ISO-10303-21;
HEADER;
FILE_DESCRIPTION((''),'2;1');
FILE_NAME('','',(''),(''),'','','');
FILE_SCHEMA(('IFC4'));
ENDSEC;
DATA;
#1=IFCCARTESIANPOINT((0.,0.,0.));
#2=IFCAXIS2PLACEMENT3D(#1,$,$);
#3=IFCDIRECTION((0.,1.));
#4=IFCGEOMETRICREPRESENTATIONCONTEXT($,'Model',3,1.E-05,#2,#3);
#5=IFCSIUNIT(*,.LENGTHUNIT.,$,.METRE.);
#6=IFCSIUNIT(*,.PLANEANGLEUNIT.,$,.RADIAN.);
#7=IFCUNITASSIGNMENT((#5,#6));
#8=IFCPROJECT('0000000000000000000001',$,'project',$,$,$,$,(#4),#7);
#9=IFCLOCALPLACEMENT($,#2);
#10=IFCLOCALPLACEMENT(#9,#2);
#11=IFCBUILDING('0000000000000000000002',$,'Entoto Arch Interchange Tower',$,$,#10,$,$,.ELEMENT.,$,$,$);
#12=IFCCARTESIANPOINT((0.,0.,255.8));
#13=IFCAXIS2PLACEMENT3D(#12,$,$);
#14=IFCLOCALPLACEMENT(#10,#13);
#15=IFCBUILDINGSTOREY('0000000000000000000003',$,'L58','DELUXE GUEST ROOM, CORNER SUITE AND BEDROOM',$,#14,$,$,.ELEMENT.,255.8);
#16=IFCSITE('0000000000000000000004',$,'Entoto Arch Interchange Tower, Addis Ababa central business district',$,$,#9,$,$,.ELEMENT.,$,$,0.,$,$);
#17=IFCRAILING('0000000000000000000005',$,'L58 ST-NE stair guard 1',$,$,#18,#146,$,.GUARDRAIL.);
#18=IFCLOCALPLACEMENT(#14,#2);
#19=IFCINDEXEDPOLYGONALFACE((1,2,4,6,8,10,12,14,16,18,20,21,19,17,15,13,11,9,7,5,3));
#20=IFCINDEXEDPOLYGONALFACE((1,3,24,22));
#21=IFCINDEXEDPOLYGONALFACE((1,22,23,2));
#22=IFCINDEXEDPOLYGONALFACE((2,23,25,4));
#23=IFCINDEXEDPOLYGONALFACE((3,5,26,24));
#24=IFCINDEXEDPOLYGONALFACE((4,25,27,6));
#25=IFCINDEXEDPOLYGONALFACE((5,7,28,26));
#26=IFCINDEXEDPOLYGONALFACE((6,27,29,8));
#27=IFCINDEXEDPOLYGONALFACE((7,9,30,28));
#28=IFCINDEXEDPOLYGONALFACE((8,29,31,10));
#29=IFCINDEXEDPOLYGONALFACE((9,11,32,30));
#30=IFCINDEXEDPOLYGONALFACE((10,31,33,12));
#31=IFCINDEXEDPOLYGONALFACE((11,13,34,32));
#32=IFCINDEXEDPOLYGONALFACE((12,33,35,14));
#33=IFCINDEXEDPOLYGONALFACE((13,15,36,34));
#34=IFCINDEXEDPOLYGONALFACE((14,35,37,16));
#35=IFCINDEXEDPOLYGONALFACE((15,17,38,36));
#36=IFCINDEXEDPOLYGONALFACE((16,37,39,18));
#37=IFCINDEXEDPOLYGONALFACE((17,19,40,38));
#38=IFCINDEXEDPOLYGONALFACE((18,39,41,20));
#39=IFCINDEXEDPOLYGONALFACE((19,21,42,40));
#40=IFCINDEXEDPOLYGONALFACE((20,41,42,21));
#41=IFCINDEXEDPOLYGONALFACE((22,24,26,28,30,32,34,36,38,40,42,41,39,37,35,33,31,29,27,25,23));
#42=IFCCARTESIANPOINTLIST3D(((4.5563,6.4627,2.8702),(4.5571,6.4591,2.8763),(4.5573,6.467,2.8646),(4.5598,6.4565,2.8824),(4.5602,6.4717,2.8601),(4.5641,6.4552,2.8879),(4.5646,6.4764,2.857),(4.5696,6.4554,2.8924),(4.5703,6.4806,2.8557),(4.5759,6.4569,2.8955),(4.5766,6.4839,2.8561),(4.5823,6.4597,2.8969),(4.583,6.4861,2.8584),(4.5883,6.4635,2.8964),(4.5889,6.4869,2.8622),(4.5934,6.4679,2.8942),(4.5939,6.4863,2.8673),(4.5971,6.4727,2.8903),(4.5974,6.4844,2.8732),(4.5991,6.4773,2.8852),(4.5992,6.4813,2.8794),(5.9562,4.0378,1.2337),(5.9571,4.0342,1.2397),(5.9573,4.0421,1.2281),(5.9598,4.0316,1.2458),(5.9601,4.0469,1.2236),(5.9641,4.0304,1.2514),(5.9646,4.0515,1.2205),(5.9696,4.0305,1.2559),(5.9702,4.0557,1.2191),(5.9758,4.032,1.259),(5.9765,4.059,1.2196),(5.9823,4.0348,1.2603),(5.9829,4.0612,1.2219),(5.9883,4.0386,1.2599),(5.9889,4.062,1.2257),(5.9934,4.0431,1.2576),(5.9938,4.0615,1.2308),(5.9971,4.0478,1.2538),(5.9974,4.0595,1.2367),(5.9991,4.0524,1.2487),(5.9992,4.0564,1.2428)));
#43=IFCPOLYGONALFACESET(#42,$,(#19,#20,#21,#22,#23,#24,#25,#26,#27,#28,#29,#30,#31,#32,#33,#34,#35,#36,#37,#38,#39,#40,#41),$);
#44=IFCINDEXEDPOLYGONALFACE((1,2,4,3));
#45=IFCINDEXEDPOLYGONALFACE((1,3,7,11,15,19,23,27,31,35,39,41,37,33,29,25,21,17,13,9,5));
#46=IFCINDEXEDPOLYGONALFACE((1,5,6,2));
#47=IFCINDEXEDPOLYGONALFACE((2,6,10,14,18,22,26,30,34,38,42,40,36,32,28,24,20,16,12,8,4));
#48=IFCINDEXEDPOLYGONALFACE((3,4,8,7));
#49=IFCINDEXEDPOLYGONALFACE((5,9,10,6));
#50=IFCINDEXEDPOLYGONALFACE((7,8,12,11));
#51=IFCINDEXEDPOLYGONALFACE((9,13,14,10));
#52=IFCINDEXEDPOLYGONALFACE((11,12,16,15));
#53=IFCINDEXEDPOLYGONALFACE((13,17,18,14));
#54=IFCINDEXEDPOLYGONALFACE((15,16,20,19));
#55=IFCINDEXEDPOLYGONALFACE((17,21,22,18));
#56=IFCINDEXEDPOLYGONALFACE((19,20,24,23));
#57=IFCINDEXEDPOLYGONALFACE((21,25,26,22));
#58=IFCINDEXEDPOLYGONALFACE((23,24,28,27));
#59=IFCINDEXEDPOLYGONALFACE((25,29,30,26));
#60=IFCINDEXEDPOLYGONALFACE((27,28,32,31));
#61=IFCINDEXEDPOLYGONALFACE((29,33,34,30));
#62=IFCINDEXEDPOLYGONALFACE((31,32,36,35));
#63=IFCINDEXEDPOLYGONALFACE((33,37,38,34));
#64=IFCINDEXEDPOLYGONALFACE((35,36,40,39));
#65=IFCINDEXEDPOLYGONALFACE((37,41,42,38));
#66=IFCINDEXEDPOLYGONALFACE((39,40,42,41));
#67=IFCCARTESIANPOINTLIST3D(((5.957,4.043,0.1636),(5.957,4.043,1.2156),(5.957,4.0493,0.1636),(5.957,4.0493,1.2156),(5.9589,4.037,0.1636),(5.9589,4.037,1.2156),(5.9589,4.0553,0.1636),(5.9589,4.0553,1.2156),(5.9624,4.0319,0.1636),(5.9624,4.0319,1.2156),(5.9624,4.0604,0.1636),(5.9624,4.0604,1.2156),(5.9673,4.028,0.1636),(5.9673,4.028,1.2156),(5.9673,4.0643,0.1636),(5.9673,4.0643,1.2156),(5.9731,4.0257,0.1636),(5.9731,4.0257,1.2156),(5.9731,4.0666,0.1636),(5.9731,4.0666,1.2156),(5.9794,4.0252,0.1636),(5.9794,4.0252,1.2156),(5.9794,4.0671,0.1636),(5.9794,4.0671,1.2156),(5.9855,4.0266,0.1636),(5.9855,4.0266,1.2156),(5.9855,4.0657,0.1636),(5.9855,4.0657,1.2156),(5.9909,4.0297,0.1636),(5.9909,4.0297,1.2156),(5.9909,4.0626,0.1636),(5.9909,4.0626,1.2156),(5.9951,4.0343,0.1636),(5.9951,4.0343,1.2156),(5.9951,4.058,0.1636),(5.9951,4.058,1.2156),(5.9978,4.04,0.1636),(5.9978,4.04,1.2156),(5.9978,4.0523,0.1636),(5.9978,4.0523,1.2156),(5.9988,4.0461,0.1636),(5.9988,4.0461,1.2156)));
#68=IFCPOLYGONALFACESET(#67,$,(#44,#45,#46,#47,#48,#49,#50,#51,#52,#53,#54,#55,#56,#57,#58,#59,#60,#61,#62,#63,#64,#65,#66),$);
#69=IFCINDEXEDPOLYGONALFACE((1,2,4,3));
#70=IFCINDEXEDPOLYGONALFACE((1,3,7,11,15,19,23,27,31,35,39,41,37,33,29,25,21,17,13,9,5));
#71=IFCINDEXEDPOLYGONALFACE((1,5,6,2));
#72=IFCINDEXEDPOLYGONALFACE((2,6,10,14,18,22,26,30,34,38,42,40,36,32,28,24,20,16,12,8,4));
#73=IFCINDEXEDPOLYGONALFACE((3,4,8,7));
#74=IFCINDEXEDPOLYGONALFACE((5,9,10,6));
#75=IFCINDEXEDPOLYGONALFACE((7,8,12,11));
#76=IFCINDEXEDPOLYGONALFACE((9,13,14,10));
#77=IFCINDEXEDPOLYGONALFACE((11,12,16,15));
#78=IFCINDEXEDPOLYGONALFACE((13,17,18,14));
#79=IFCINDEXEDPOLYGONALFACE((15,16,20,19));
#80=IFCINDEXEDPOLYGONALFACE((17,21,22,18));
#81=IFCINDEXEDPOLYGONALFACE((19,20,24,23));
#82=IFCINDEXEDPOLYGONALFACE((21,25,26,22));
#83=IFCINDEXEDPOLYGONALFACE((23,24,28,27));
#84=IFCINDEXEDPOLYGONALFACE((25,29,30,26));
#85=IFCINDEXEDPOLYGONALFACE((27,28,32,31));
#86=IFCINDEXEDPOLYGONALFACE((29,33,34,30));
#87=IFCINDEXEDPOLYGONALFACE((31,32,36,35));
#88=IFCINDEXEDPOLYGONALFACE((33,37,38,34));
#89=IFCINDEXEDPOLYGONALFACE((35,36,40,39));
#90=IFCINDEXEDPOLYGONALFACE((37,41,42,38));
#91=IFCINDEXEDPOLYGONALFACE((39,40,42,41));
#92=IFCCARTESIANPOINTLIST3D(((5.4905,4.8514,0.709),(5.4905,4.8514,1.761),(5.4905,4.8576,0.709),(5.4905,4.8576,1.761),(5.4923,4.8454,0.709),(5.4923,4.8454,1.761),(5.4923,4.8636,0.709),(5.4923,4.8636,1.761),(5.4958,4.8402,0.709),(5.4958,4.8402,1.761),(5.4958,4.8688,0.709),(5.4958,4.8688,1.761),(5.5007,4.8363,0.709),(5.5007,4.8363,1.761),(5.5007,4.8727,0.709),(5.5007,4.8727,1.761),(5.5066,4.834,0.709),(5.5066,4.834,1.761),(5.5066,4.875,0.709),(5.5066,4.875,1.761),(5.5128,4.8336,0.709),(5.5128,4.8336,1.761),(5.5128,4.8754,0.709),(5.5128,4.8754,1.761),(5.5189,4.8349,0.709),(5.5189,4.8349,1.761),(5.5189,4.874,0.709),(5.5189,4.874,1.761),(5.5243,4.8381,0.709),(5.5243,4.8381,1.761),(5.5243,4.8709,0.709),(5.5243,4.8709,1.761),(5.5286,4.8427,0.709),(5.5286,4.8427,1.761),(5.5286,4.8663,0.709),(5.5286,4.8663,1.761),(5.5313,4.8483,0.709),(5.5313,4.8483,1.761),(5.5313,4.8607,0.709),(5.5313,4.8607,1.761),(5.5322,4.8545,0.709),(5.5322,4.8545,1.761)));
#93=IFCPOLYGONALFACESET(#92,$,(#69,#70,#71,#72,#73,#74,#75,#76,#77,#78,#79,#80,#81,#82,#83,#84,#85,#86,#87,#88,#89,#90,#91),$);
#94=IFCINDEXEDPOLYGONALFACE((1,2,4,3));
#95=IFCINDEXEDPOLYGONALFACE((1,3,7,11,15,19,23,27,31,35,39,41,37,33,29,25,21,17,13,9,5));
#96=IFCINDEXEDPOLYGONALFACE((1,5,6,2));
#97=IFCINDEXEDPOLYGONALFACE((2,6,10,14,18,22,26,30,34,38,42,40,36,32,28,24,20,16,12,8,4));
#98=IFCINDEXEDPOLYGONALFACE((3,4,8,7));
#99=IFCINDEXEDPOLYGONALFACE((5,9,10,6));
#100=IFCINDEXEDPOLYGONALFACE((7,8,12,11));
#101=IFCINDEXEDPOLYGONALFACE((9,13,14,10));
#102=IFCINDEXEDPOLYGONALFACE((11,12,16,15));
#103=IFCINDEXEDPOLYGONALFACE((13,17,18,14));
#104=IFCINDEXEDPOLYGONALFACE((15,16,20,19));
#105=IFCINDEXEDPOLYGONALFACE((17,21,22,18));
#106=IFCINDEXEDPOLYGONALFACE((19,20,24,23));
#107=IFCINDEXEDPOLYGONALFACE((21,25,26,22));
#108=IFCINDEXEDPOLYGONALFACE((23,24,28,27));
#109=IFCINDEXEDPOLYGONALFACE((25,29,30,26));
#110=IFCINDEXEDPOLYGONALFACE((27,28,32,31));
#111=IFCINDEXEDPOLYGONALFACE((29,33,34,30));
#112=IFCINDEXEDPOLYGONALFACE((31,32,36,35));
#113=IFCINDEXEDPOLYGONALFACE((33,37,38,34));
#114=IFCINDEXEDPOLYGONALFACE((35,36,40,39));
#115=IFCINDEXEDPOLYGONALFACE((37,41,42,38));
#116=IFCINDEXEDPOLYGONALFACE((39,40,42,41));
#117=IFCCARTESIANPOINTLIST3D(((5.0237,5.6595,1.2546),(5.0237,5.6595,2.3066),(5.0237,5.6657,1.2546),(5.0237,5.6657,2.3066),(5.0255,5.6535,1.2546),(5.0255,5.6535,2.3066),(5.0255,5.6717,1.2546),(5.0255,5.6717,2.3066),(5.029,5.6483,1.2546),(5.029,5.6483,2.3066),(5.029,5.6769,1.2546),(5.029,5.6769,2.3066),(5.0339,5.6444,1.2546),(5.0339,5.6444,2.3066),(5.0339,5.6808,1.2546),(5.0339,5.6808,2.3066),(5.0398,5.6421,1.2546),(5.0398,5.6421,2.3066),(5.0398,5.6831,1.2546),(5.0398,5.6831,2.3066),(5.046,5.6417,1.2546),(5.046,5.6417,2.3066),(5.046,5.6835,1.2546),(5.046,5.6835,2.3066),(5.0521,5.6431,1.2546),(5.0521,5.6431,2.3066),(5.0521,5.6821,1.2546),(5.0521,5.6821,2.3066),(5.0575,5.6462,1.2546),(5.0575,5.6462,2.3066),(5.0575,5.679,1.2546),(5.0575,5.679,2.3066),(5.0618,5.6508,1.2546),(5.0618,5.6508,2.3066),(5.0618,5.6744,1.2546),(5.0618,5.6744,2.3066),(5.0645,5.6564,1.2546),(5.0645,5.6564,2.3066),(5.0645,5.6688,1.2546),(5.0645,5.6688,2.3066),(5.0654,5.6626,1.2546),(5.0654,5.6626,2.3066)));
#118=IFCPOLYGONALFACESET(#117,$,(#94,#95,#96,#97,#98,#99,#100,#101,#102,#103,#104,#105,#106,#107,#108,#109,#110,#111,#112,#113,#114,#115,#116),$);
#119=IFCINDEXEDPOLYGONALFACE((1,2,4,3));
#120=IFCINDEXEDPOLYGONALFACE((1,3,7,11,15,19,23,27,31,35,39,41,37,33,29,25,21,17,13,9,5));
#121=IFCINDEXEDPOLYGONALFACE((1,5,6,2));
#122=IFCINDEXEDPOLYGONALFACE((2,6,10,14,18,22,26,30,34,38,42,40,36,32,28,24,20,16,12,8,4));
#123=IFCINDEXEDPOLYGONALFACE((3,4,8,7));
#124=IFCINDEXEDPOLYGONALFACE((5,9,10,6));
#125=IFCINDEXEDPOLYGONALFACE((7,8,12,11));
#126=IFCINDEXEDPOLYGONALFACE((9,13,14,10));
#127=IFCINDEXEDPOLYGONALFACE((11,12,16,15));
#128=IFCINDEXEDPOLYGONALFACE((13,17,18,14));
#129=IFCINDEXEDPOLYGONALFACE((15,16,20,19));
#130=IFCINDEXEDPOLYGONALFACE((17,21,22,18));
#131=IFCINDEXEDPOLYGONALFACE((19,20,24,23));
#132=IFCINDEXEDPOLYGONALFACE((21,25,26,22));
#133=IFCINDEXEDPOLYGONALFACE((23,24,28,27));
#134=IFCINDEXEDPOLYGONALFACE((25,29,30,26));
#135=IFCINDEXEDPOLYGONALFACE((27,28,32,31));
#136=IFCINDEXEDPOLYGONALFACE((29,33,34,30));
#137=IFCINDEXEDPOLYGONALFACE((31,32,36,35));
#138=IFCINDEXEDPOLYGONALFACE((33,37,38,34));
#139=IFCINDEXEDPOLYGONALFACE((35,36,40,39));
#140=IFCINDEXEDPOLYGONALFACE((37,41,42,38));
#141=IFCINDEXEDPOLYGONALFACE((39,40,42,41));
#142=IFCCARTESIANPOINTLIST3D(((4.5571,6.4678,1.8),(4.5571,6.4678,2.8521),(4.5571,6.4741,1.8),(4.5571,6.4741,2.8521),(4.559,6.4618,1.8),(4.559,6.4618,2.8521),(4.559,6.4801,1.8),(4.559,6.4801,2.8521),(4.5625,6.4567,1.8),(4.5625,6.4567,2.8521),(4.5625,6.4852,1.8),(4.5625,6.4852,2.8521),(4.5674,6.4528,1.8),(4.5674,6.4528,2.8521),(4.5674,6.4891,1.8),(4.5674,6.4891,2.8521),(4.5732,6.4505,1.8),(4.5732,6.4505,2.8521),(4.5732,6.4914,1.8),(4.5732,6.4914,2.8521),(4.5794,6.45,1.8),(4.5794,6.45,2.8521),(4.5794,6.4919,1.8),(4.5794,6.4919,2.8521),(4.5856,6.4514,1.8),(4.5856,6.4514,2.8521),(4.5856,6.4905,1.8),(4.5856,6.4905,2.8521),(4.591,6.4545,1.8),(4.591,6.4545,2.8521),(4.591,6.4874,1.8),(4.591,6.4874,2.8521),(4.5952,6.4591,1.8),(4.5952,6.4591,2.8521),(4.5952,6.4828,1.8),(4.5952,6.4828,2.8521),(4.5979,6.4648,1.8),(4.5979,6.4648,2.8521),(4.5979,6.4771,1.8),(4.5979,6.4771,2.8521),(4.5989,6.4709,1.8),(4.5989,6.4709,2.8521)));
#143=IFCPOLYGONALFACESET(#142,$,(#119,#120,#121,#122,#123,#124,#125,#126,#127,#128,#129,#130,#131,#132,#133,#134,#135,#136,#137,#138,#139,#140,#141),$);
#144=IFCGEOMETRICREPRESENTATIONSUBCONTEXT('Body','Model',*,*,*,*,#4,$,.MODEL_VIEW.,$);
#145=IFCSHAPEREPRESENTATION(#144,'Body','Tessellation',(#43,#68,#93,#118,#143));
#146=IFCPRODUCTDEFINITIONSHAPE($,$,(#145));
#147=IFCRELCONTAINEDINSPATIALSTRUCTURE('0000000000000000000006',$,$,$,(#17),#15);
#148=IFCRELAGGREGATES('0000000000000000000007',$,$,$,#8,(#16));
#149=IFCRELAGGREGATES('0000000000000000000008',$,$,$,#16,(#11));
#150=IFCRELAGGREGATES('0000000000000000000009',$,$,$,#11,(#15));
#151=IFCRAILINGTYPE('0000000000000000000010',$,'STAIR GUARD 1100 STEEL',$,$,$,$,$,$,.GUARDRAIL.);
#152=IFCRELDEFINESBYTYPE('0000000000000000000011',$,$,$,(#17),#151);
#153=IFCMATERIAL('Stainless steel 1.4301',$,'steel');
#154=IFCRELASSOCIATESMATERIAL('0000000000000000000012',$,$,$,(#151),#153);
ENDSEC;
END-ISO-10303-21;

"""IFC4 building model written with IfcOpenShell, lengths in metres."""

from ifc_helpers import new_model, si_unit, direction, frame, origin, origin_2d, place, context, subcontext, project, spatial, circle, extrude, material, type_object, element, save


model = new_model("IFC4")

# Units and contexts
model_context = context("Model", 3, precision=1e-05, world=origin(), true_north=direction((0.0, 1.0)))
body_context = subcontext(model_context, "Body", "Model", "MODEL_VIEW")
ifc_project = project(units=[si_unit("LENGTHUNIT", "METRE"), si_unit("PLANEANGLEUNIT", "RADIAN")], contexts=[model_context])

# Site, building, storey
site_placement = place(None, origin())
site = spatial("IfcSite", under=ifc_project, at=site_placement, Name="Entoto Arch Interchange Tower, Addis Ababa central business district", CompositionType="ELEMENT", RefElevation=0.0)
building_placement = place(site_placement, origin())
building = spatial("IfcBuilding", under=site, at=building_placement, Name="Entoto Arch Interchange Tower", CompositionType="ELEMENT")
storey_placement = place(building_placement, frame((0.0, 0.0, 255.8)))
storey = spatial("IfcBuildingStorey", under=building, at=storey_placement, Name="L58", Description="DELUXE GUEST ROOM, CORNER SUITE AND BEDROOM", CompositionType="ELEMENT", Elevation=255.8)

# Railing
ifc_material_1 = material(Name="Stainless steel 1.4301", Category="steel")
railing_type_1 = type_object("IfcRailingType", Name="STAIR GUARD 1100 STEEL", PredefinedType="GUARDRAIL", material=ifc_material_1)
railing_1_placement = place(storey_placement, frame((5.9778, 4.0461, 0.1636)))
element("IfcRailing", 1, at=railing_1_placement, inside=storey, type_object=railing_type_1, Name="L58 ST-NE stair guard 1", PredefinedType="GUARDRAIL", context=body_context, shape_type="SweptSolid", body=[
    extrude(circle(Radius=0.0239, at=origin_2d()), frame((0.0, 0.0, 1.0762), z_axis=(-0.431661, 0.74769, 0.504608), x_axis=(-0.866035, -0.499984, 0.0)), (0.0, 0.0, 1.0), 3.2432),
    extrude(circle(Radius=0.021, at=origin_2d()), origin(), (0.0, 0.0, 1.0), 1.052),
    extrude(circle(Radius=0.021, at=origin_2d()), frame((-0.4666, 0.8083, 0.5454)), (0.0, 0.0, 1.0), 1.052),
    extrude(circle(Radius=0.021, at=origin_2d()), frame((-0.9333, 1.6165, 1.0911)), (0.0, 0.0, 1.0), 1.052),
    extrude(circle(Radius=0.021, at=origin_2d()), frame((-1.3999, 2.4248, 1.6365)), (0.0, 0.0, 1.0), 1.052),
])

save(model, "model.ifc")
